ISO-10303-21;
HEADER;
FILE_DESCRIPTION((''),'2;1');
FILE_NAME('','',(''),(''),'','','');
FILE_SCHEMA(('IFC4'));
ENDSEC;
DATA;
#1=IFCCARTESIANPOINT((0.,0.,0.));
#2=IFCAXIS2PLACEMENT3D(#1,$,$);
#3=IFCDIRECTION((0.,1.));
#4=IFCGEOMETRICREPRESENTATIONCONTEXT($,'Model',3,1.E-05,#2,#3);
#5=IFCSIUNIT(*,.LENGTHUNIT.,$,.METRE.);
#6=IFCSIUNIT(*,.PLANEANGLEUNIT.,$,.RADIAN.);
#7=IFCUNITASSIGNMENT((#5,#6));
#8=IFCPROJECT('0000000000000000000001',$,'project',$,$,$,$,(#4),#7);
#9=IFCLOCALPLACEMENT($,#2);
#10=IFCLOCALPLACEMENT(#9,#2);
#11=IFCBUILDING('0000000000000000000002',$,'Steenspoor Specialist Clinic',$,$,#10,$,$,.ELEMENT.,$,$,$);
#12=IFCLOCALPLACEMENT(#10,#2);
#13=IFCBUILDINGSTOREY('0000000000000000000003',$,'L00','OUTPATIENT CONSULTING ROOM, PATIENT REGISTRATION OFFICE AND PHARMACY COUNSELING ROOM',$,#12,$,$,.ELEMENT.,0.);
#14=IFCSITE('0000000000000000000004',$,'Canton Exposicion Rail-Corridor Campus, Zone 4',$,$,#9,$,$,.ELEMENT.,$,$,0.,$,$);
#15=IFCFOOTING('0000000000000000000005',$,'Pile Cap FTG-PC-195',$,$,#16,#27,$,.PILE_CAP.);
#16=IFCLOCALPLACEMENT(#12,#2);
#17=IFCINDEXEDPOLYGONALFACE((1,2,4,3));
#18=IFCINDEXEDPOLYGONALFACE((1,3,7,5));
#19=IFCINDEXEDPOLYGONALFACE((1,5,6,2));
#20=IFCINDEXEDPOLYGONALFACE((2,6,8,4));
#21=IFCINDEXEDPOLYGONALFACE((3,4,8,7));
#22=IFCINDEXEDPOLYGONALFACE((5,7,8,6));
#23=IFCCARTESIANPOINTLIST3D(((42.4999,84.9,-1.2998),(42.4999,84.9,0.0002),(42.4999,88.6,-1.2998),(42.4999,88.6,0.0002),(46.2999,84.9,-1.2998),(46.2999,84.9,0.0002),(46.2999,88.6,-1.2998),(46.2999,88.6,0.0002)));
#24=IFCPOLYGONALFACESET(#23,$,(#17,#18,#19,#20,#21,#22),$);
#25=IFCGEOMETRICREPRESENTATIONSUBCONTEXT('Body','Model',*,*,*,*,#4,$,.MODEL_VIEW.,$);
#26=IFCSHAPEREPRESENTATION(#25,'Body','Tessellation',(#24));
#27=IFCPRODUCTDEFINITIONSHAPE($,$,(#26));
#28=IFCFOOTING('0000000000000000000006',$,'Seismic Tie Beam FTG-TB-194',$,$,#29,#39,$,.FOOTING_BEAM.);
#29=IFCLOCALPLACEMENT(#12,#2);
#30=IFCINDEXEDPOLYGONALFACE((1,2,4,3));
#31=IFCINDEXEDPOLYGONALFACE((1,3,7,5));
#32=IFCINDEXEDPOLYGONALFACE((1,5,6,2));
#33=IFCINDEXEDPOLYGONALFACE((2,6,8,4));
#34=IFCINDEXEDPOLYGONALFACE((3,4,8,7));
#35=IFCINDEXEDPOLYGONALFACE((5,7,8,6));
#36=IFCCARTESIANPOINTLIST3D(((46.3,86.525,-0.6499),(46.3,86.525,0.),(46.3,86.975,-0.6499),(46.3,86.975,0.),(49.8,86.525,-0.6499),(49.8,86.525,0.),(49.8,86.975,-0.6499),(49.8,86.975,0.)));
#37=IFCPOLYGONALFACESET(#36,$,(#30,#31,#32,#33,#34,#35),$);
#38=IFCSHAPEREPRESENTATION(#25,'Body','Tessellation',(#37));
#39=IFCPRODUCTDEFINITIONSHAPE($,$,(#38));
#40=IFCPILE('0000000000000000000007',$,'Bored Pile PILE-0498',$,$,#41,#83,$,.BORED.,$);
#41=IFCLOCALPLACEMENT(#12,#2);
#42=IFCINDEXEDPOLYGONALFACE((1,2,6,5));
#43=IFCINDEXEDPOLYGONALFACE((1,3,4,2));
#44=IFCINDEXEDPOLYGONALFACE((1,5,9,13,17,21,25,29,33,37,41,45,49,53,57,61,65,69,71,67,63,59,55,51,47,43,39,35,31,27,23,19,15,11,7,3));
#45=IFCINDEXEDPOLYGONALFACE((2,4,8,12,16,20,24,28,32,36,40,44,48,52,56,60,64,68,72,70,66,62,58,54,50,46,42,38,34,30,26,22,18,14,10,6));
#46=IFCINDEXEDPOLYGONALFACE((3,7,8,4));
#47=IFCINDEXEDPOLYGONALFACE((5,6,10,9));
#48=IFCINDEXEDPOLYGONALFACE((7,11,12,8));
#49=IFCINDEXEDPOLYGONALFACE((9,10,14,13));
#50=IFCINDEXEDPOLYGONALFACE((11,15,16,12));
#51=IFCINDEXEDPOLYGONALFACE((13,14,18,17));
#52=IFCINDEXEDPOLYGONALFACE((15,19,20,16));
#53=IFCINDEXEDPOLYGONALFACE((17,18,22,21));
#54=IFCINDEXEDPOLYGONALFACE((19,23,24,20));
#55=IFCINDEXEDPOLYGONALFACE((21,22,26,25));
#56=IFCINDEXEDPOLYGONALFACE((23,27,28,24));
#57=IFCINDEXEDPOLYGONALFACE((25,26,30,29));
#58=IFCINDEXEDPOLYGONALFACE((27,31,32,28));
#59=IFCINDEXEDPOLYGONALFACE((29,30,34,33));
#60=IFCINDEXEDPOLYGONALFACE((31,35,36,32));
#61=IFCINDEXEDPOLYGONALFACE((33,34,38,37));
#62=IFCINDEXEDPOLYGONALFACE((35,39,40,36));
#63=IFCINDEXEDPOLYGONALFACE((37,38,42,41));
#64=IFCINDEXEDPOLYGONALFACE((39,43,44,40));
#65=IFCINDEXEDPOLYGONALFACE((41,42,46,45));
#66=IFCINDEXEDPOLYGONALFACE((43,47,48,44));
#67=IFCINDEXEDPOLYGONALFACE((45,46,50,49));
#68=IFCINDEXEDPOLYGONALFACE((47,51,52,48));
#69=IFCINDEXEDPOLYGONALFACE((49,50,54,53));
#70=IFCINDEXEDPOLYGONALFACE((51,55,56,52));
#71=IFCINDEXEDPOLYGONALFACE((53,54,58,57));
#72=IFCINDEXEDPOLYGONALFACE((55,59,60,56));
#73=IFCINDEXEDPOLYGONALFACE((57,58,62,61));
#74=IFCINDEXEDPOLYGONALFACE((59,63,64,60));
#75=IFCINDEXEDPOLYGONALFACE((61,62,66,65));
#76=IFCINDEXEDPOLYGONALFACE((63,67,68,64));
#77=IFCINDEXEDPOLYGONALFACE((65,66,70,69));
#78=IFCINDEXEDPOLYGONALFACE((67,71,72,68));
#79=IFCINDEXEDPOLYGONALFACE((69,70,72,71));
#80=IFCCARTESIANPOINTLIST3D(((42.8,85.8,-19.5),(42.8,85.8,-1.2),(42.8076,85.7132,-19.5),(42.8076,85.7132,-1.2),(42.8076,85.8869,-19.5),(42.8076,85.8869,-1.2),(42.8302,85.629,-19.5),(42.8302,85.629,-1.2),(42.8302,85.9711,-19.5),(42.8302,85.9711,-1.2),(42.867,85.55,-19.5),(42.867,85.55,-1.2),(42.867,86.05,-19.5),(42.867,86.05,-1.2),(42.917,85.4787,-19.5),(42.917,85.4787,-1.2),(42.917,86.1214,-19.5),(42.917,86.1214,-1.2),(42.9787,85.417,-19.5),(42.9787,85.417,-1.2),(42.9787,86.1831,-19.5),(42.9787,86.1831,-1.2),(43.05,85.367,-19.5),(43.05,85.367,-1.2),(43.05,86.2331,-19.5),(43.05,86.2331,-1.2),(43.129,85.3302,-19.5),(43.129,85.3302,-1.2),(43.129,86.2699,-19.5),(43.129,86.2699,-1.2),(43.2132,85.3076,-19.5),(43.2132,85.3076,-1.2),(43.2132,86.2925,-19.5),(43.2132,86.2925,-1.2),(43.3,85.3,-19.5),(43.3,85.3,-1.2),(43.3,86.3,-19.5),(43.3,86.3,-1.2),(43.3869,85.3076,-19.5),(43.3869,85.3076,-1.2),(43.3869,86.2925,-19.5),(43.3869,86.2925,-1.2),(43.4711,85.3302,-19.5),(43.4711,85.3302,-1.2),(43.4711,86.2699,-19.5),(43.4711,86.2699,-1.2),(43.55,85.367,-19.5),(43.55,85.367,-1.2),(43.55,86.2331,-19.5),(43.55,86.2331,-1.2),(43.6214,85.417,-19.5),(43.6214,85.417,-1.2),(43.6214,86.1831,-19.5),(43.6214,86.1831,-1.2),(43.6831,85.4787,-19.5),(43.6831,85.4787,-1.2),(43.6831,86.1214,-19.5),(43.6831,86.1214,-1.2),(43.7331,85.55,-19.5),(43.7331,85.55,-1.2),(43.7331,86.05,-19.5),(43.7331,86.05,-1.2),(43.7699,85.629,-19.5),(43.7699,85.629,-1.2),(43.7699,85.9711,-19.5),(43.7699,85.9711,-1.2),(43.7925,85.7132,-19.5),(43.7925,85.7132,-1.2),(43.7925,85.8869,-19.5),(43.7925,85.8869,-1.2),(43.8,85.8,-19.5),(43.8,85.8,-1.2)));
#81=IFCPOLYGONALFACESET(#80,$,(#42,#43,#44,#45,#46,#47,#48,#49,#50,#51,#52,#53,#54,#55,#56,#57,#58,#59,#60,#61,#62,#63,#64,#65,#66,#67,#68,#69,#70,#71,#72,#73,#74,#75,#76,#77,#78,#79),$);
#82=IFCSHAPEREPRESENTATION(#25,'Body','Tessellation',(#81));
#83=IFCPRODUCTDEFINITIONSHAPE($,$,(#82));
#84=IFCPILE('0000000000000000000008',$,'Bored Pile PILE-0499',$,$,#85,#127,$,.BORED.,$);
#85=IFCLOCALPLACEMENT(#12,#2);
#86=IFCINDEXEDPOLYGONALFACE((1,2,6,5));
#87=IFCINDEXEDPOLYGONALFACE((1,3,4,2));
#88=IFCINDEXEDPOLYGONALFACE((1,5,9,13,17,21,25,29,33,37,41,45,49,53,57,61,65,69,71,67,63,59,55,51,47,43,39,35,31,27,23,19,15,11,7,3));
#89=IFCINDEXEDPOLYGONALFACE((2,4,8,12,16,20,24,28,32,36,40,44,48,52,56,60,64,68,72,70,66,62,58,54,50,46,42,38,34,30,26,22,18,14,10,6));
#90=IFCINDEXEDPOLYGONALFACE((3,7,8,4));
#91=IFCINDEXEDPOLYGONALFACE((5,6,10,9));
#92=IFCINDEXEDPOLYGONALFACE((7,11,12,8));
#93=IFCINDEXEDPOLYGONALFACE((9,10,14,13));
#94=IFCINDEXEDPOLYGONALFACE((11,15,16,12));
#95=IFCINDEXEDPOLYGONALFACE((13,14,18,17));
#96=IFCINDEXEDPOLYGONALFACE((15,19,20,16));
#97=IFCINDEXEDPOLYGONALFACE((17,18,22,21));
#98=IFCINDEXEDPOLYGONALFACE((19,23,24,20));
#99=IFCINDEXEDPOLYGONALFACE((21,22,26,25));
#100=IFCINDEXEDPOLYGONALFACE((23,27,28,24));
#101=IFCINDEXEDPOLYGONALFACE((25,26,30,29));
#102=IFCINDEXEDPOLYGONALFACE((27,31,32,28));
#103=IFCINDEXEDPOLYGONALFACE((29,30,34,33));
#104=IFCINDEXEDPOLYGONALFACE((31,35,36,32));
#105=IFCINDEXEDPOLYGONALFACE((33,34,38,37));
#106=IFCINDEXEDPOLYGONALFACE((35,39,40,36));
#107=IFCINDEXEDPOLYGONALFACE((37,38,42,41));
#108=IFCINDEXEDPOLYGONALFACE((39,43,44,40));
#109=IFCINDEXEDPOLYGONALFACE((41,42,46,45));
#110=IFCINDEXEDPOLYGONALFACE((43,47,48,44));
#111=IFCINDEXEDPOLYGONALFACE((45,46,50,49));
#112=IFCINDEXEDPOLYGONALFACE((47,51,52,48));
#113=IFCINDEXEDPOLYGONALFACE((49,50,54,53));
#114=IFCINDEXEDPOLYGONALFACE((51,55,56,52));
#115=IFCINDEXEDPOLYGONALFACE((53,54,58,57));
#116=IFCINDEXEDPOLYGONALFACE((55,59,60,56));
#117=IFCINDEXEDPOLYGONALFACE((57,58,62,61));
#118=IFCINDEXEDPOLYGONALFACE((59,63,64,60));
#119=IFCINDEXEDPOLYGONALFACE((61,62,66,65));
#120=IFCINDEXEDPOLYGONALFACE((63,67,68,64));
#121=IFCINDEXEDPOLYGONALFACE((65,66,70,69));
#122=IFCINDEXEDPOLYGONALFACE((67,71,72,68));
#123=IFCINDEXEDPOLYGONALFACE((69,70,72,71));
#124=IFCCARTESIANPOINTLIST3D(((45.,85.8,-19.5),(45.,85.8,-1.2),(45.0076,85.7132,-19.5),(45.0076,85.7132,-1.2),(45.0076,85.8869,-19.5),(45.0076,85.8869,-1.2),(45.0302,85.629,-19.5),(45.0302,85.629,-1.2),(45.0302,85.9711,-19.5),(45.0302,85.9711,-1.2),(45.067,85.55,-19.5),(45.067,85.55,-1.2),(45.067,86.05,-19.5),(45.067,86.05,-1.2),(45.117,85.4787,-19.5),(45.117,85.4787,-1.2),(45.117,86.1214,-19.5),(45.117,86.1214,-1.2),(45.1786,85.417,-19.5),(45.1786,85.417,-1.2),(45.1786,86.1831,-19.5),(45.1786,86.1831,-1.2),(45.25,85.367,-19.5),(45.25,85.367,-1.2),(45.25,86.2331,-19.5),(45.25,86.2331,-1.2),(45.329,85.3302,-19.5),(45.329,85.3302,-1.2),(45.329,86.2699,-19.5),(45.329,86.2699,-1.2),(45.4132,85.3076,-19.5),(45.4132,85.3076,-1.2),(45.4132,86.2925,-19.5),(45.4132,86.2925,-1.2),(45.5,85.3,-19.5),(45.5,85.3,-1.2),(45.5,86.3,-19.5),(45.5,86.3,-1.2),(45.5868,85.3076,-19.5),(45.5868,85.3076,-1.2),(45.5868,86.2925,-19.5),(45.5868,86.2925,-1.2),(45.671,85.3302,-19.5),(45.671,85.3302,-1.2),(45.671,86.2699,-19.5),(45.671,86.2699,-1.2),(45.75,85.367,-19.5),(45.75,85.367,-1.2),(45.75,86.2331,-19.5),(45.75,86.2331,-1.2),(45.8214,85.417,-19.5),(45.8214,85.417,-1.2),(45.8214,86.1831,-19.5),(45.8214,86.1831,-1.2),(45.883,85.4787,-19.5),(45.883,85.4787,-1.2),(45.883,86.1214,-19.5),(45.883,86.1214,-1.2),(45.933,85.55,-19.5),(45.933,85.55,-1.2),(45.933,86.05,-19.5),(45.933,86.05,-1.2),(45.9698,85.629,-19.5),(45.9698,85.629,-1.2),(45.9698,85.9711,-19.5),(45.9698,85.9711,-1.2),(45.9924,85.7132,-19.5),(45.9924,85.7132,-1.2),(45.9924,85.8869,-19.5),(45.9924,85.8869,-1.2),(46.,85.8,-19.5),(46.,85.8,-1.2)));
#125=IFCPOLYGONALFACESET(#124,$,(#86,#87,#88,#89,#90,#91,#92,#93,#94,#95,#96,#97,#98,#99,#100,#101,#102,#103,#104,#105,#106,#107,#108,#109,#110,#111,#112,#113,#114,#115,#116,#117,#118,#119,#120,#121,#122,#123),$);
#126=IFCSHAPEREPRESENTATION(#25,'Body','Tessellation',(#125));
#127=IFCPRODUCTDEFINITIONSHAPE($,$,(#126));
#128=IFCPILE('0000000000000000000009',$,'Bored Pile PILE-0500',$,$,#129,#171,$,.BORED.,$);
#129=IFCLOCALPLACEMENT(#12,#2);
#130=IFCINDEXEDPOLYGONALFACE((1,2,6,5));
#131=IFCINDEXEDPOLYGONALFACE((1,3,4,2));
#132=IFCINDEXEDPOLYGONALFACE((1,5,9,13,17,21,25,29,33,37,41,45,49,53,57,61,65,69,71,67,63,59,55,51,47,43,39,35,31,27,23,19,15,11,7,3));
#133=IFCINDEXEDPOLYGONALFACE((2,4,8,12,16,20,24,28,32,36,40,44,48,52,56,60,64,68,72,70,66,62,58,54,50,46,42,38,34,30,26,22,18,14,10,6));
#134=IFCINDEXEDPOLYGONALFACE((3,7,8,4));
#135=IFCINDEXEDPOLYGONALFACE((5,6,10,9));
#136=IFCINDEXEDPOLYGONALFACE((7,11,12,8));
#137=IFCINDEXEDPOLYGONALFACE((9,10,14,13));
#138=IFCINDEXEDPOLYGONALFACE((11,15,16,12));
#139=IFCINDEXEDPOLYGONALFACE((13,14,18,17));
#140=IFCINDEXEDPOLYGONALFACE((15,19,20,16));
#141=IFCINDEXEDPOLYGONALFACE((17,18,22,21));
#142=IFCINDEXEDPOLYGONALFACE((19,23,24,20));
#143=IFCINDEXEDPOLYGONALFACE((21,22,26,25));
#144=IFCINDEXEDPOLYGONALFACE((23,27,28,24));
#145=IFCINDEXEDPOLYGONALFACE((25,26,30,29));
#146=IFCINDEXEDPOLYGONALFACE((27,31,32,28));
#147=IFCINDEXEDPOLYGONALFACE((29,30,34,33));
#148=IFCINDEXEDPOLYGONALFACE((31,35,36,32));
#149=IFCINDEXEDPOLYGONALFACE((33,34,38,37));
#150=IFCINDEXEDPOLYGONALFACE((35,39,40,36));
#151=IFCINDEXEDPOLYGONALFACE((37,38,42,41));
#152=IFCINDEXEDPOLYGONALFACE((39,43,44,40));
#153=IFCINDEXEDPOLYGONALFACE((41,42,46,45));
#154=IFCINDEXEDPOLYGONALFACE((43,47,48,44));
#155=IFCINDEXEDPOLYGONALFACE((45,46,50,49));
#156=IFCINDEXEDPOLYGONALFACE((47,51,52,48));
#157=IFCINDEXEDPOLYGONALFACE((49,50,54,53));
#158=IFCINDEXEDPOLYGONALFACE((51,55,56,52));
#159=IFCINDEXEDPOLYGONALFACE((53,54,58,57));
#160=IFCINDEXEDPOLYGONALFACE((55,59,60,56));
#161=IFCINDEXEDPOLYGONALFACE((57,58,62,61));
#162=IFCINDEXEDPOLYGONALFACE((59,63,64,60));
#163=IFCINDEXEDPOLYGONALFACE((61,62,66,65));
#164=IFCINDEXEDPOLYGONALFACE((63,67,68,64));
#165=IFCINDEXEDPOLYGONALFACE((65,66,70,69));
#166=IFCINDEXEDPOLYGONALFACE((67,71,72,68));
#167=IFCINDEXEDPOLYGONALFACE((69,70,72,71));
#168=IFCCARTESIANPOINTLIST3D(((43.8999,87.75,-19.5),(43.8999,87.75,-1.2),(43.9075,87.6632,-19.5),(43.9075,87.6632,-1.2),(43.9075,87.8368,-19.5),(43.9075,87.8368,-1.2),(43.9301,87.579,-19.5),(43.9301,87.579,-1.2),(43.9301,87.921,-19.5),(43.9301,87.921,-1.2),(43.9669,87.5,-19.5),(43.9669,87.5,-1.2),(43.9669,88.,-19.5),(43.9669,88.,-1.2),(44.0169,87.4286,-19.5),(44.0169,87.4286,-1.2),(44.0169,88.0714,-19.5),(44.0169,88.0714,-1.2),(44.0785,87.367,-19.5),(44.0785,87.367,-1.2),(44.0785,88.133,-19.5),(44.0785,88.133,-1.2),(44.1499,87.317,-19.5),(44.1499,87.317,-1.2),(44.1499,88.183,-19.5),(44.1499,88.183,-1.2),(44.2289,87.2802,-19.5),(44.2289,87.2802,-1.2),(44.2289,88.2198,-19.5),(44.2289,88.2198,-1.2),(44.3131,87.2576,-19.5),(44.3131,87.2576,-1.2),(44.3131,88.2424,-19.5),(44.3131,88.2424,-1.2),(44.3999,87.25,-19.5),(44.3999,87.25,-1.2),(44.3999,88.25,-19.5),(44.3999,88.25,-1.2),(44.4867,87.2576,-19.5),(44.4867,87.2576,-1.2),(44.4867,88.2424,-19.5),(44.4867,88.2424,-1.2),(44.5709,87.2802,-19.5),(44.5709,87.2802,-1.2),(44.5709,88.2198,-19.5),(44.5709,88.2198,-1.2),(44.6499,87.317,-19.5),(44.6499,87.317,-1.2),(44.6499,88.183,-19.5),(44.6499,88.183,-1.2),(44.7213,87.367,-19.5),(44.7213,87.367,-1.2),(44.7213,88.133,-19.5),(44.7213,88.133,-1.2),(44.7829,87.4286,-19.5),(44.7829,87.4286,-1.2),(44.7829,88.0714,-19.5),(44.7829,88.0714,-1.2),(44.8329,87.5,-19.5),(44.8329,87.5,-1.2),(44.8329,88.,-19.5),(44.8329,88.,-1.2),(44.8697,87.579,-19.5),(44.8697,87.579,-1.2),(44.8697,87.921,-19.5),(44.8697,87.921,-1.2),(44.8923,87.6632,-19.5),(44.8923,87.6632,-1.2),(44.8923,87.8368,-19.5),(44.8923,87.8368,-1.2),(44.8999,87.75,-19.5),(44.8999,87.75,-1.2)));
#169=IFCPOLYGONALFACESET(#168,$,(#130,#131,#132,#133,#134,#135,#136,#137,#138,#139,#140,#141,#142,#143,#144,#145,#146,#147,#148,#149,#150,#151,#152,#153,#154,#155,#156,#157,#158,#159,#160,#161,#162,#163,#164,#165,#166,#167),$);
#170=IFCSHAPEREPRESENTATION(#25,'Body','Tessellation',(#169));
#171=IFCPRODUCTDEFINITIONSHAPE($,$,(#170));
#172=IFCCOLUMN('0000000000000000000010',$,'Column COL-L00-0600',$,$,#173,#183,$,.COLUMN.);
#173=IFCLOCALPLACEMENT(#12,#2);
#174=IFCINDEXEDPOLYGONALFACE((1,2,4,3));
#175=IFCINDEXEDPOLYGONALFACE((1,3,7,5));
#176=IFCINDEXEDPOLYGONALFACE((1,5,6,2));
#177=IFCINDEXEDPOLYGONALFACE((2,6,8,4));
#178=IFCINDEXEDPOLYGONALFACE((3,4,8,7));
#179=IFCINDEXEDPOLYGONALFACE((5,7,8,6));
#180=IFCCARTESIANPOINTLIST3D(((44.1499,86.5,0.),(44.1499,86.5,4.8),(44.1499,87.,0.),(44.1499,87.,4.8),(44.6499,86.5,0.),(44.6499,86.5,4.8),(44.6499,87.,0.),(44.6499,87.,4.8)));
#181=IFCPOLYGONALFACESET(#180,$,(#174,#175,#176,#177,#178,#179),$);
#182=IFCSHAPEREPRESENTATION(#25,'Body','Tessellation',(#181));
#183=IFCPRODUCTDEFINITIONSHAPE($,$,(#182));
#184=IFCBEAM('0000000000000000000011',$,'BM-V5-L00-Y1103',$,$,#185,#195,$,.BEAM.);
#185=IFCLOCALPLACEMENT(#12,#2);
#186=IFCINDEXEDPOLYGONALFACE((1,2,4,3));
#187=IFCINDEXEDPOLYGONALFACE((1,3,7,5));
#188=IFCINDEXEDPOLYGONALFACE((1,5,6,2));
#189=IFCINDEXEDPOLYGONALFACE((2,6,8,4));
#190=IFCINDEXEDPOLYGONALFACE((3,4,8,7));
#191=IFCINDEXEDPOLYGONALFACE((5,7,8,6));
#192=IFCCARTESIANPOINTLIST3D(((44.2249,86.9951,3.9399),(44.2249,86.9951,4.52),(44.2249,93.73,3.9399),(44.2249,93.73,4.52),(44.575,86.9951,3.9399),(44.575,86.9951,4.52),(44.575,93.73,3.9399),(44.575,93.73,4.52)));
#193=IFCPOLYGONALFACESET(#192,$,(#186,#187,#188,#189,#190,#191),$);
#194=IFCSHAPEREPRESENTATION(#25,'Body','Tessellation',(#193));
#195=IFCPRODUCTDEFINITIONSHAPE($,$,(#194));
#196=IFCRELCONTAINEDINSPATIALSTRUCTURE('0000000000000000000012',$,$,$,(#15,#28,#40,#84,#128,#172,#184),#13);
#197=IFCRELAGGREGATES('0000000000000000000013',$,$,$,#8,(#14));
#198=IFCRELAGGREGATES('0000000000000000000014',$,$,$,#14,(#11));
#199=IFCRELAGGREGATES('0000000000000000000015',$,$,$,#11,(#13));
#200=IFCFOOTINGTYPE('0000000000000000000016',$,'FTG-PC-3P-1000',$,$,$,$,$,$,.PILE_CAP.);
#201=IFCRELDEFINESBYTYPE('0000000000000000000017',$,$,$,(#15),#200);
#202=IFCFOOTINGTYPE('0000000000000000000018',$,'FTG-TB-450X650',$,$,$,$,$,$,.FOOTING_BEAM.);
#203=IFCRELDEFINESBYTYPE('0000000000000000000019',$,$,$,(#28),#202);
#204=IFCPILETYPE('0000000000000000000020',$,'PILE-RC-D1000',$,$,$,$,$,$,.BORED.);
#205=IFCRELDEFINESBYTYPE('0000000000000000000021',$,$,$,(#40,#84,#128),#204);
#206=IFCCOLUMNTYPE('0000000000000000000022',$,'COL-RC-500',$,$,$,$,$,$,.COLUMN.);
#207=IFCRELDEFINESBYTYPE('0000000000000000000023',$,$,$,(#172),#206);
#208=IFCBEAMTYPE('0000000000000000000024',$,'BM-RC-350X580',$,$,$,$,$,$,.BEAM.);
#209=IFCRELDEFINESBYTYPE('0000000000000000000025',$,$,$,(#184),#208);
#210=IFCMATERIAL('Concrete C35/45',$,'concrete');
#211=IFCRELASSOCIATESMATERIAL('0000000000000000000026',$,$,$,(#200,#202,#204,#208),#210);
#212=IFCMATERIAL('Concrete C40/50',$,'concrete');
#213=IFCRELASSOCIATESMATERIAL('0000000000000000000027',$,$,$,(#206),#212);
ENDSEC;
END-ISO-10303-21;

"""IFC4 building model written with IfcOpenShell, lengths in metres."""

from ifc_helpers import new_model, si_unit, direction, frame, origin, origin_2d, place, context, subcontext, project, spatial, rectangle, circle, extrude, material, material_profile, profile_set, type_object, element, save


model = new_model("IFC4")

# Units and contexts
model_context = context("Model", 3, precision=1e-05, world=origin(), true_north=direction((0.0, 1.0)))
body_context = subcontext(model_context, "Body", "Model", "MODEL_VIEW")
ifc_project = project(units=[si_unit("LENGTHUNIT", "METRE"), si_unit("PLANEANGLEUNIT", "RADIAN")], contexts=[model_context])

# Site, building, storey
site_placement = place(None, origin())
site = spatial("IfcSite", under=ifc_project, at=site_placement, Name="Canton Exposicion Rail-Corridor Campus, Zone 4", CompositionType="ELEMENT", RefElevation=0.0)
building_placement = place(site_placement, origin())
building = spatial("IfcBuilding", under=site, at=building_placement, Name="Steenspoor Specialist Clinic", CompositionType="ELEMENT")
storey_placement = place(building_placement, origin())
storey = spatial("IfcBuildingStorey", under=building, at=storey_placement, Name="L00", Description="OUTPATIENT CONSULTING ROOM, PATIENT REGISTRATION OFFICE AND PHARMACY COUNSELING ROOM", CompositionType="ELEMENT", Elevation=0.0)

# Footings
ifc_material_1 = material(Name="Concrete C35/45", Category="concrete")
footing_type_1 = type_object("IfcFootingType", Name="FTG-PC-3P-1000", PredefinedType="PILE_CAP", material=ifc_material_1)
footing_1_placement = place(storey_placement, frame((44.3999, 86.75, -1.2998), z_axis=(0.0, 0.0, 1.0), x_axis=(1.0, 0.0, 0.0)))
element("IfcFooting", 1, at=footing_1_placement, inside=storey, type_object=footing_type_1, Name="Pile Cap FTG-PC-195", PredefinedType="PILE_CAP", context=body_context, shape_type="SweptSolid", body=[
    extrude(rectangle(XDim=3.8, YDim=3.7, at=origin_2d()), origin(), (0.0, 0.0, 1.0), 1.3),
])
footing_type_2 = type_object("IfcFootingType", Name="FTG-TB-450X650", PredefinedType="FOOTING_BEAM", material=ifc_material_1)
footing_2_placement = place(storey_placement, frame((48.05, 86.75, -0.6499), z_axis=(0.0, 0.0, 1.0), x_axis=(1.0, 0.0, 0.0)))
element("IfcFooting", 2, at=footing_2_placement, inside=storey, type_object=footing_type_2, Name="Seismic Tie Beam FTG-TB-194", PredefinedType="FOOTING_BEAM", context=body_context, shape_type="SweptSolid", body=[
    extrude(rectangle(XDim=3.5, YDim=0.45, at=origin_2d()), origin(), (0.0, 0.0, 1.0), 0.6499),
])

# Piles
ifc_material_profile_1 = material_profile(ifc_material_1, circle(Radius=0.5, at=origin_2d()), Name="PILE-D1000")
ifc_profile_set_1 = profile_set([ifc_material_profile_1], Name="Concrete C35/45")
pile_type = type_object("IfcPileType", Name="PILE-RC-D1000", PredefinedType="BORED", material=ifc_profile_set_1)
for number, where, z_axis, x_axis, name in (
    (3, (43.3, 85.8, -1.2), (0.0, 0.0, -1.0), (1.0, 0.0, 0.0), "Bored Pile PILE-0498"),
    (4, (45.5, 85.8, -1.2), (0.0, 0.0, -1.0), (1.0, 0.0, 0.0), "Bored Pile PILE-0499"),
    (5, (44.3999, 87.75, -1.2), (0.0, 0.0, -1.0), (1.0, 0.0, 0.0), "Bored Pile PILE-0500"),
):
    element("IfcPile", number, at=place(storey_placement, frame(where, z_axis=z_axis, x_axis=x_axis)), inside=storey, type_object=pile_type, Name=name, PredefinedType="BORED", context=body_context, shape_type="SweptSolid", body=[
        extrude(circle(Radius=0.5, at=origin_2d()), origin(), (0.0, 0.0, 1.0), 18.3),
    ])

# Column
ifc_material_2 = material(Name="Concrete C40/50", Category="concrete")
ifc_material_profile_2 = material_profile(ifc_material_2, rectangle(XDim=0.5, YDim=0.5, at=origin_2d()), Name="RC-COL-500X500")
ifc_profile_set_2 = profile_set([ifc_material_profile_2], Name="Concrete C40/50")
column_type = type_object("IfcColumnType", Name="COL-RC-500", PredefinedType="COLUMN", material=ifc_profile_set_2)
column_placement = place(storey_placement, frame((44.3999, 86.75, 0.0), z_axis=(0.0, 0.0, 1.0), x_axis=(1.0, 0.0, 0.0)))
element("IfcColumn", 6, at=column_placement, inside=storey, type_object=column_type, Name="Column COL-L00-0600", PredefinedType="COLUMN", context=body_context, shape_type="SweptSolid", body=[
    extrude(rectangle(XDim=0.5, YDim=0.5, at=origin_2d()), origin(), (0.0, 0.0, 1.0), 4.8),
])

# Beam
ifc_material_profile_3 = material_profile(ifc_material_1, rectangle(XDim=0.3501, YDim=0.5801, at=origin_2d()), Name="RC-BM-350X580")
ifc_profile_set_3 = profile_set([ifc_material_profile_3], Name="Concrete C35/45")
beam_type_1 = type_object("IfcBeamType", Name="BM-RC-350X580", PredefinedType="BEAM", material=ifc_profile_set_3)
beam_1_placement = place(storey_placement, frame((44.3999, 86.9951, 4.23), z_axis=(0.0, 1.0, 0.0), x_axis=(-1.0, 0.0, 0.0)))
element("IfcBeam", 7, at=beam_1_placement, inside=storey, type_object=beam_type_1, Name="BM-V5-L00-Y1103", PredefinedType="BEAM", context=body_context, shape_type="SweptSolid", body=[
    extrude(rectangle(XDim=0.3501, YDim=0.5801, at=origin_2d()), origin(), (0.0, 0.0, 1.0), 6.7349),
])

save(model, "model.ifc")
